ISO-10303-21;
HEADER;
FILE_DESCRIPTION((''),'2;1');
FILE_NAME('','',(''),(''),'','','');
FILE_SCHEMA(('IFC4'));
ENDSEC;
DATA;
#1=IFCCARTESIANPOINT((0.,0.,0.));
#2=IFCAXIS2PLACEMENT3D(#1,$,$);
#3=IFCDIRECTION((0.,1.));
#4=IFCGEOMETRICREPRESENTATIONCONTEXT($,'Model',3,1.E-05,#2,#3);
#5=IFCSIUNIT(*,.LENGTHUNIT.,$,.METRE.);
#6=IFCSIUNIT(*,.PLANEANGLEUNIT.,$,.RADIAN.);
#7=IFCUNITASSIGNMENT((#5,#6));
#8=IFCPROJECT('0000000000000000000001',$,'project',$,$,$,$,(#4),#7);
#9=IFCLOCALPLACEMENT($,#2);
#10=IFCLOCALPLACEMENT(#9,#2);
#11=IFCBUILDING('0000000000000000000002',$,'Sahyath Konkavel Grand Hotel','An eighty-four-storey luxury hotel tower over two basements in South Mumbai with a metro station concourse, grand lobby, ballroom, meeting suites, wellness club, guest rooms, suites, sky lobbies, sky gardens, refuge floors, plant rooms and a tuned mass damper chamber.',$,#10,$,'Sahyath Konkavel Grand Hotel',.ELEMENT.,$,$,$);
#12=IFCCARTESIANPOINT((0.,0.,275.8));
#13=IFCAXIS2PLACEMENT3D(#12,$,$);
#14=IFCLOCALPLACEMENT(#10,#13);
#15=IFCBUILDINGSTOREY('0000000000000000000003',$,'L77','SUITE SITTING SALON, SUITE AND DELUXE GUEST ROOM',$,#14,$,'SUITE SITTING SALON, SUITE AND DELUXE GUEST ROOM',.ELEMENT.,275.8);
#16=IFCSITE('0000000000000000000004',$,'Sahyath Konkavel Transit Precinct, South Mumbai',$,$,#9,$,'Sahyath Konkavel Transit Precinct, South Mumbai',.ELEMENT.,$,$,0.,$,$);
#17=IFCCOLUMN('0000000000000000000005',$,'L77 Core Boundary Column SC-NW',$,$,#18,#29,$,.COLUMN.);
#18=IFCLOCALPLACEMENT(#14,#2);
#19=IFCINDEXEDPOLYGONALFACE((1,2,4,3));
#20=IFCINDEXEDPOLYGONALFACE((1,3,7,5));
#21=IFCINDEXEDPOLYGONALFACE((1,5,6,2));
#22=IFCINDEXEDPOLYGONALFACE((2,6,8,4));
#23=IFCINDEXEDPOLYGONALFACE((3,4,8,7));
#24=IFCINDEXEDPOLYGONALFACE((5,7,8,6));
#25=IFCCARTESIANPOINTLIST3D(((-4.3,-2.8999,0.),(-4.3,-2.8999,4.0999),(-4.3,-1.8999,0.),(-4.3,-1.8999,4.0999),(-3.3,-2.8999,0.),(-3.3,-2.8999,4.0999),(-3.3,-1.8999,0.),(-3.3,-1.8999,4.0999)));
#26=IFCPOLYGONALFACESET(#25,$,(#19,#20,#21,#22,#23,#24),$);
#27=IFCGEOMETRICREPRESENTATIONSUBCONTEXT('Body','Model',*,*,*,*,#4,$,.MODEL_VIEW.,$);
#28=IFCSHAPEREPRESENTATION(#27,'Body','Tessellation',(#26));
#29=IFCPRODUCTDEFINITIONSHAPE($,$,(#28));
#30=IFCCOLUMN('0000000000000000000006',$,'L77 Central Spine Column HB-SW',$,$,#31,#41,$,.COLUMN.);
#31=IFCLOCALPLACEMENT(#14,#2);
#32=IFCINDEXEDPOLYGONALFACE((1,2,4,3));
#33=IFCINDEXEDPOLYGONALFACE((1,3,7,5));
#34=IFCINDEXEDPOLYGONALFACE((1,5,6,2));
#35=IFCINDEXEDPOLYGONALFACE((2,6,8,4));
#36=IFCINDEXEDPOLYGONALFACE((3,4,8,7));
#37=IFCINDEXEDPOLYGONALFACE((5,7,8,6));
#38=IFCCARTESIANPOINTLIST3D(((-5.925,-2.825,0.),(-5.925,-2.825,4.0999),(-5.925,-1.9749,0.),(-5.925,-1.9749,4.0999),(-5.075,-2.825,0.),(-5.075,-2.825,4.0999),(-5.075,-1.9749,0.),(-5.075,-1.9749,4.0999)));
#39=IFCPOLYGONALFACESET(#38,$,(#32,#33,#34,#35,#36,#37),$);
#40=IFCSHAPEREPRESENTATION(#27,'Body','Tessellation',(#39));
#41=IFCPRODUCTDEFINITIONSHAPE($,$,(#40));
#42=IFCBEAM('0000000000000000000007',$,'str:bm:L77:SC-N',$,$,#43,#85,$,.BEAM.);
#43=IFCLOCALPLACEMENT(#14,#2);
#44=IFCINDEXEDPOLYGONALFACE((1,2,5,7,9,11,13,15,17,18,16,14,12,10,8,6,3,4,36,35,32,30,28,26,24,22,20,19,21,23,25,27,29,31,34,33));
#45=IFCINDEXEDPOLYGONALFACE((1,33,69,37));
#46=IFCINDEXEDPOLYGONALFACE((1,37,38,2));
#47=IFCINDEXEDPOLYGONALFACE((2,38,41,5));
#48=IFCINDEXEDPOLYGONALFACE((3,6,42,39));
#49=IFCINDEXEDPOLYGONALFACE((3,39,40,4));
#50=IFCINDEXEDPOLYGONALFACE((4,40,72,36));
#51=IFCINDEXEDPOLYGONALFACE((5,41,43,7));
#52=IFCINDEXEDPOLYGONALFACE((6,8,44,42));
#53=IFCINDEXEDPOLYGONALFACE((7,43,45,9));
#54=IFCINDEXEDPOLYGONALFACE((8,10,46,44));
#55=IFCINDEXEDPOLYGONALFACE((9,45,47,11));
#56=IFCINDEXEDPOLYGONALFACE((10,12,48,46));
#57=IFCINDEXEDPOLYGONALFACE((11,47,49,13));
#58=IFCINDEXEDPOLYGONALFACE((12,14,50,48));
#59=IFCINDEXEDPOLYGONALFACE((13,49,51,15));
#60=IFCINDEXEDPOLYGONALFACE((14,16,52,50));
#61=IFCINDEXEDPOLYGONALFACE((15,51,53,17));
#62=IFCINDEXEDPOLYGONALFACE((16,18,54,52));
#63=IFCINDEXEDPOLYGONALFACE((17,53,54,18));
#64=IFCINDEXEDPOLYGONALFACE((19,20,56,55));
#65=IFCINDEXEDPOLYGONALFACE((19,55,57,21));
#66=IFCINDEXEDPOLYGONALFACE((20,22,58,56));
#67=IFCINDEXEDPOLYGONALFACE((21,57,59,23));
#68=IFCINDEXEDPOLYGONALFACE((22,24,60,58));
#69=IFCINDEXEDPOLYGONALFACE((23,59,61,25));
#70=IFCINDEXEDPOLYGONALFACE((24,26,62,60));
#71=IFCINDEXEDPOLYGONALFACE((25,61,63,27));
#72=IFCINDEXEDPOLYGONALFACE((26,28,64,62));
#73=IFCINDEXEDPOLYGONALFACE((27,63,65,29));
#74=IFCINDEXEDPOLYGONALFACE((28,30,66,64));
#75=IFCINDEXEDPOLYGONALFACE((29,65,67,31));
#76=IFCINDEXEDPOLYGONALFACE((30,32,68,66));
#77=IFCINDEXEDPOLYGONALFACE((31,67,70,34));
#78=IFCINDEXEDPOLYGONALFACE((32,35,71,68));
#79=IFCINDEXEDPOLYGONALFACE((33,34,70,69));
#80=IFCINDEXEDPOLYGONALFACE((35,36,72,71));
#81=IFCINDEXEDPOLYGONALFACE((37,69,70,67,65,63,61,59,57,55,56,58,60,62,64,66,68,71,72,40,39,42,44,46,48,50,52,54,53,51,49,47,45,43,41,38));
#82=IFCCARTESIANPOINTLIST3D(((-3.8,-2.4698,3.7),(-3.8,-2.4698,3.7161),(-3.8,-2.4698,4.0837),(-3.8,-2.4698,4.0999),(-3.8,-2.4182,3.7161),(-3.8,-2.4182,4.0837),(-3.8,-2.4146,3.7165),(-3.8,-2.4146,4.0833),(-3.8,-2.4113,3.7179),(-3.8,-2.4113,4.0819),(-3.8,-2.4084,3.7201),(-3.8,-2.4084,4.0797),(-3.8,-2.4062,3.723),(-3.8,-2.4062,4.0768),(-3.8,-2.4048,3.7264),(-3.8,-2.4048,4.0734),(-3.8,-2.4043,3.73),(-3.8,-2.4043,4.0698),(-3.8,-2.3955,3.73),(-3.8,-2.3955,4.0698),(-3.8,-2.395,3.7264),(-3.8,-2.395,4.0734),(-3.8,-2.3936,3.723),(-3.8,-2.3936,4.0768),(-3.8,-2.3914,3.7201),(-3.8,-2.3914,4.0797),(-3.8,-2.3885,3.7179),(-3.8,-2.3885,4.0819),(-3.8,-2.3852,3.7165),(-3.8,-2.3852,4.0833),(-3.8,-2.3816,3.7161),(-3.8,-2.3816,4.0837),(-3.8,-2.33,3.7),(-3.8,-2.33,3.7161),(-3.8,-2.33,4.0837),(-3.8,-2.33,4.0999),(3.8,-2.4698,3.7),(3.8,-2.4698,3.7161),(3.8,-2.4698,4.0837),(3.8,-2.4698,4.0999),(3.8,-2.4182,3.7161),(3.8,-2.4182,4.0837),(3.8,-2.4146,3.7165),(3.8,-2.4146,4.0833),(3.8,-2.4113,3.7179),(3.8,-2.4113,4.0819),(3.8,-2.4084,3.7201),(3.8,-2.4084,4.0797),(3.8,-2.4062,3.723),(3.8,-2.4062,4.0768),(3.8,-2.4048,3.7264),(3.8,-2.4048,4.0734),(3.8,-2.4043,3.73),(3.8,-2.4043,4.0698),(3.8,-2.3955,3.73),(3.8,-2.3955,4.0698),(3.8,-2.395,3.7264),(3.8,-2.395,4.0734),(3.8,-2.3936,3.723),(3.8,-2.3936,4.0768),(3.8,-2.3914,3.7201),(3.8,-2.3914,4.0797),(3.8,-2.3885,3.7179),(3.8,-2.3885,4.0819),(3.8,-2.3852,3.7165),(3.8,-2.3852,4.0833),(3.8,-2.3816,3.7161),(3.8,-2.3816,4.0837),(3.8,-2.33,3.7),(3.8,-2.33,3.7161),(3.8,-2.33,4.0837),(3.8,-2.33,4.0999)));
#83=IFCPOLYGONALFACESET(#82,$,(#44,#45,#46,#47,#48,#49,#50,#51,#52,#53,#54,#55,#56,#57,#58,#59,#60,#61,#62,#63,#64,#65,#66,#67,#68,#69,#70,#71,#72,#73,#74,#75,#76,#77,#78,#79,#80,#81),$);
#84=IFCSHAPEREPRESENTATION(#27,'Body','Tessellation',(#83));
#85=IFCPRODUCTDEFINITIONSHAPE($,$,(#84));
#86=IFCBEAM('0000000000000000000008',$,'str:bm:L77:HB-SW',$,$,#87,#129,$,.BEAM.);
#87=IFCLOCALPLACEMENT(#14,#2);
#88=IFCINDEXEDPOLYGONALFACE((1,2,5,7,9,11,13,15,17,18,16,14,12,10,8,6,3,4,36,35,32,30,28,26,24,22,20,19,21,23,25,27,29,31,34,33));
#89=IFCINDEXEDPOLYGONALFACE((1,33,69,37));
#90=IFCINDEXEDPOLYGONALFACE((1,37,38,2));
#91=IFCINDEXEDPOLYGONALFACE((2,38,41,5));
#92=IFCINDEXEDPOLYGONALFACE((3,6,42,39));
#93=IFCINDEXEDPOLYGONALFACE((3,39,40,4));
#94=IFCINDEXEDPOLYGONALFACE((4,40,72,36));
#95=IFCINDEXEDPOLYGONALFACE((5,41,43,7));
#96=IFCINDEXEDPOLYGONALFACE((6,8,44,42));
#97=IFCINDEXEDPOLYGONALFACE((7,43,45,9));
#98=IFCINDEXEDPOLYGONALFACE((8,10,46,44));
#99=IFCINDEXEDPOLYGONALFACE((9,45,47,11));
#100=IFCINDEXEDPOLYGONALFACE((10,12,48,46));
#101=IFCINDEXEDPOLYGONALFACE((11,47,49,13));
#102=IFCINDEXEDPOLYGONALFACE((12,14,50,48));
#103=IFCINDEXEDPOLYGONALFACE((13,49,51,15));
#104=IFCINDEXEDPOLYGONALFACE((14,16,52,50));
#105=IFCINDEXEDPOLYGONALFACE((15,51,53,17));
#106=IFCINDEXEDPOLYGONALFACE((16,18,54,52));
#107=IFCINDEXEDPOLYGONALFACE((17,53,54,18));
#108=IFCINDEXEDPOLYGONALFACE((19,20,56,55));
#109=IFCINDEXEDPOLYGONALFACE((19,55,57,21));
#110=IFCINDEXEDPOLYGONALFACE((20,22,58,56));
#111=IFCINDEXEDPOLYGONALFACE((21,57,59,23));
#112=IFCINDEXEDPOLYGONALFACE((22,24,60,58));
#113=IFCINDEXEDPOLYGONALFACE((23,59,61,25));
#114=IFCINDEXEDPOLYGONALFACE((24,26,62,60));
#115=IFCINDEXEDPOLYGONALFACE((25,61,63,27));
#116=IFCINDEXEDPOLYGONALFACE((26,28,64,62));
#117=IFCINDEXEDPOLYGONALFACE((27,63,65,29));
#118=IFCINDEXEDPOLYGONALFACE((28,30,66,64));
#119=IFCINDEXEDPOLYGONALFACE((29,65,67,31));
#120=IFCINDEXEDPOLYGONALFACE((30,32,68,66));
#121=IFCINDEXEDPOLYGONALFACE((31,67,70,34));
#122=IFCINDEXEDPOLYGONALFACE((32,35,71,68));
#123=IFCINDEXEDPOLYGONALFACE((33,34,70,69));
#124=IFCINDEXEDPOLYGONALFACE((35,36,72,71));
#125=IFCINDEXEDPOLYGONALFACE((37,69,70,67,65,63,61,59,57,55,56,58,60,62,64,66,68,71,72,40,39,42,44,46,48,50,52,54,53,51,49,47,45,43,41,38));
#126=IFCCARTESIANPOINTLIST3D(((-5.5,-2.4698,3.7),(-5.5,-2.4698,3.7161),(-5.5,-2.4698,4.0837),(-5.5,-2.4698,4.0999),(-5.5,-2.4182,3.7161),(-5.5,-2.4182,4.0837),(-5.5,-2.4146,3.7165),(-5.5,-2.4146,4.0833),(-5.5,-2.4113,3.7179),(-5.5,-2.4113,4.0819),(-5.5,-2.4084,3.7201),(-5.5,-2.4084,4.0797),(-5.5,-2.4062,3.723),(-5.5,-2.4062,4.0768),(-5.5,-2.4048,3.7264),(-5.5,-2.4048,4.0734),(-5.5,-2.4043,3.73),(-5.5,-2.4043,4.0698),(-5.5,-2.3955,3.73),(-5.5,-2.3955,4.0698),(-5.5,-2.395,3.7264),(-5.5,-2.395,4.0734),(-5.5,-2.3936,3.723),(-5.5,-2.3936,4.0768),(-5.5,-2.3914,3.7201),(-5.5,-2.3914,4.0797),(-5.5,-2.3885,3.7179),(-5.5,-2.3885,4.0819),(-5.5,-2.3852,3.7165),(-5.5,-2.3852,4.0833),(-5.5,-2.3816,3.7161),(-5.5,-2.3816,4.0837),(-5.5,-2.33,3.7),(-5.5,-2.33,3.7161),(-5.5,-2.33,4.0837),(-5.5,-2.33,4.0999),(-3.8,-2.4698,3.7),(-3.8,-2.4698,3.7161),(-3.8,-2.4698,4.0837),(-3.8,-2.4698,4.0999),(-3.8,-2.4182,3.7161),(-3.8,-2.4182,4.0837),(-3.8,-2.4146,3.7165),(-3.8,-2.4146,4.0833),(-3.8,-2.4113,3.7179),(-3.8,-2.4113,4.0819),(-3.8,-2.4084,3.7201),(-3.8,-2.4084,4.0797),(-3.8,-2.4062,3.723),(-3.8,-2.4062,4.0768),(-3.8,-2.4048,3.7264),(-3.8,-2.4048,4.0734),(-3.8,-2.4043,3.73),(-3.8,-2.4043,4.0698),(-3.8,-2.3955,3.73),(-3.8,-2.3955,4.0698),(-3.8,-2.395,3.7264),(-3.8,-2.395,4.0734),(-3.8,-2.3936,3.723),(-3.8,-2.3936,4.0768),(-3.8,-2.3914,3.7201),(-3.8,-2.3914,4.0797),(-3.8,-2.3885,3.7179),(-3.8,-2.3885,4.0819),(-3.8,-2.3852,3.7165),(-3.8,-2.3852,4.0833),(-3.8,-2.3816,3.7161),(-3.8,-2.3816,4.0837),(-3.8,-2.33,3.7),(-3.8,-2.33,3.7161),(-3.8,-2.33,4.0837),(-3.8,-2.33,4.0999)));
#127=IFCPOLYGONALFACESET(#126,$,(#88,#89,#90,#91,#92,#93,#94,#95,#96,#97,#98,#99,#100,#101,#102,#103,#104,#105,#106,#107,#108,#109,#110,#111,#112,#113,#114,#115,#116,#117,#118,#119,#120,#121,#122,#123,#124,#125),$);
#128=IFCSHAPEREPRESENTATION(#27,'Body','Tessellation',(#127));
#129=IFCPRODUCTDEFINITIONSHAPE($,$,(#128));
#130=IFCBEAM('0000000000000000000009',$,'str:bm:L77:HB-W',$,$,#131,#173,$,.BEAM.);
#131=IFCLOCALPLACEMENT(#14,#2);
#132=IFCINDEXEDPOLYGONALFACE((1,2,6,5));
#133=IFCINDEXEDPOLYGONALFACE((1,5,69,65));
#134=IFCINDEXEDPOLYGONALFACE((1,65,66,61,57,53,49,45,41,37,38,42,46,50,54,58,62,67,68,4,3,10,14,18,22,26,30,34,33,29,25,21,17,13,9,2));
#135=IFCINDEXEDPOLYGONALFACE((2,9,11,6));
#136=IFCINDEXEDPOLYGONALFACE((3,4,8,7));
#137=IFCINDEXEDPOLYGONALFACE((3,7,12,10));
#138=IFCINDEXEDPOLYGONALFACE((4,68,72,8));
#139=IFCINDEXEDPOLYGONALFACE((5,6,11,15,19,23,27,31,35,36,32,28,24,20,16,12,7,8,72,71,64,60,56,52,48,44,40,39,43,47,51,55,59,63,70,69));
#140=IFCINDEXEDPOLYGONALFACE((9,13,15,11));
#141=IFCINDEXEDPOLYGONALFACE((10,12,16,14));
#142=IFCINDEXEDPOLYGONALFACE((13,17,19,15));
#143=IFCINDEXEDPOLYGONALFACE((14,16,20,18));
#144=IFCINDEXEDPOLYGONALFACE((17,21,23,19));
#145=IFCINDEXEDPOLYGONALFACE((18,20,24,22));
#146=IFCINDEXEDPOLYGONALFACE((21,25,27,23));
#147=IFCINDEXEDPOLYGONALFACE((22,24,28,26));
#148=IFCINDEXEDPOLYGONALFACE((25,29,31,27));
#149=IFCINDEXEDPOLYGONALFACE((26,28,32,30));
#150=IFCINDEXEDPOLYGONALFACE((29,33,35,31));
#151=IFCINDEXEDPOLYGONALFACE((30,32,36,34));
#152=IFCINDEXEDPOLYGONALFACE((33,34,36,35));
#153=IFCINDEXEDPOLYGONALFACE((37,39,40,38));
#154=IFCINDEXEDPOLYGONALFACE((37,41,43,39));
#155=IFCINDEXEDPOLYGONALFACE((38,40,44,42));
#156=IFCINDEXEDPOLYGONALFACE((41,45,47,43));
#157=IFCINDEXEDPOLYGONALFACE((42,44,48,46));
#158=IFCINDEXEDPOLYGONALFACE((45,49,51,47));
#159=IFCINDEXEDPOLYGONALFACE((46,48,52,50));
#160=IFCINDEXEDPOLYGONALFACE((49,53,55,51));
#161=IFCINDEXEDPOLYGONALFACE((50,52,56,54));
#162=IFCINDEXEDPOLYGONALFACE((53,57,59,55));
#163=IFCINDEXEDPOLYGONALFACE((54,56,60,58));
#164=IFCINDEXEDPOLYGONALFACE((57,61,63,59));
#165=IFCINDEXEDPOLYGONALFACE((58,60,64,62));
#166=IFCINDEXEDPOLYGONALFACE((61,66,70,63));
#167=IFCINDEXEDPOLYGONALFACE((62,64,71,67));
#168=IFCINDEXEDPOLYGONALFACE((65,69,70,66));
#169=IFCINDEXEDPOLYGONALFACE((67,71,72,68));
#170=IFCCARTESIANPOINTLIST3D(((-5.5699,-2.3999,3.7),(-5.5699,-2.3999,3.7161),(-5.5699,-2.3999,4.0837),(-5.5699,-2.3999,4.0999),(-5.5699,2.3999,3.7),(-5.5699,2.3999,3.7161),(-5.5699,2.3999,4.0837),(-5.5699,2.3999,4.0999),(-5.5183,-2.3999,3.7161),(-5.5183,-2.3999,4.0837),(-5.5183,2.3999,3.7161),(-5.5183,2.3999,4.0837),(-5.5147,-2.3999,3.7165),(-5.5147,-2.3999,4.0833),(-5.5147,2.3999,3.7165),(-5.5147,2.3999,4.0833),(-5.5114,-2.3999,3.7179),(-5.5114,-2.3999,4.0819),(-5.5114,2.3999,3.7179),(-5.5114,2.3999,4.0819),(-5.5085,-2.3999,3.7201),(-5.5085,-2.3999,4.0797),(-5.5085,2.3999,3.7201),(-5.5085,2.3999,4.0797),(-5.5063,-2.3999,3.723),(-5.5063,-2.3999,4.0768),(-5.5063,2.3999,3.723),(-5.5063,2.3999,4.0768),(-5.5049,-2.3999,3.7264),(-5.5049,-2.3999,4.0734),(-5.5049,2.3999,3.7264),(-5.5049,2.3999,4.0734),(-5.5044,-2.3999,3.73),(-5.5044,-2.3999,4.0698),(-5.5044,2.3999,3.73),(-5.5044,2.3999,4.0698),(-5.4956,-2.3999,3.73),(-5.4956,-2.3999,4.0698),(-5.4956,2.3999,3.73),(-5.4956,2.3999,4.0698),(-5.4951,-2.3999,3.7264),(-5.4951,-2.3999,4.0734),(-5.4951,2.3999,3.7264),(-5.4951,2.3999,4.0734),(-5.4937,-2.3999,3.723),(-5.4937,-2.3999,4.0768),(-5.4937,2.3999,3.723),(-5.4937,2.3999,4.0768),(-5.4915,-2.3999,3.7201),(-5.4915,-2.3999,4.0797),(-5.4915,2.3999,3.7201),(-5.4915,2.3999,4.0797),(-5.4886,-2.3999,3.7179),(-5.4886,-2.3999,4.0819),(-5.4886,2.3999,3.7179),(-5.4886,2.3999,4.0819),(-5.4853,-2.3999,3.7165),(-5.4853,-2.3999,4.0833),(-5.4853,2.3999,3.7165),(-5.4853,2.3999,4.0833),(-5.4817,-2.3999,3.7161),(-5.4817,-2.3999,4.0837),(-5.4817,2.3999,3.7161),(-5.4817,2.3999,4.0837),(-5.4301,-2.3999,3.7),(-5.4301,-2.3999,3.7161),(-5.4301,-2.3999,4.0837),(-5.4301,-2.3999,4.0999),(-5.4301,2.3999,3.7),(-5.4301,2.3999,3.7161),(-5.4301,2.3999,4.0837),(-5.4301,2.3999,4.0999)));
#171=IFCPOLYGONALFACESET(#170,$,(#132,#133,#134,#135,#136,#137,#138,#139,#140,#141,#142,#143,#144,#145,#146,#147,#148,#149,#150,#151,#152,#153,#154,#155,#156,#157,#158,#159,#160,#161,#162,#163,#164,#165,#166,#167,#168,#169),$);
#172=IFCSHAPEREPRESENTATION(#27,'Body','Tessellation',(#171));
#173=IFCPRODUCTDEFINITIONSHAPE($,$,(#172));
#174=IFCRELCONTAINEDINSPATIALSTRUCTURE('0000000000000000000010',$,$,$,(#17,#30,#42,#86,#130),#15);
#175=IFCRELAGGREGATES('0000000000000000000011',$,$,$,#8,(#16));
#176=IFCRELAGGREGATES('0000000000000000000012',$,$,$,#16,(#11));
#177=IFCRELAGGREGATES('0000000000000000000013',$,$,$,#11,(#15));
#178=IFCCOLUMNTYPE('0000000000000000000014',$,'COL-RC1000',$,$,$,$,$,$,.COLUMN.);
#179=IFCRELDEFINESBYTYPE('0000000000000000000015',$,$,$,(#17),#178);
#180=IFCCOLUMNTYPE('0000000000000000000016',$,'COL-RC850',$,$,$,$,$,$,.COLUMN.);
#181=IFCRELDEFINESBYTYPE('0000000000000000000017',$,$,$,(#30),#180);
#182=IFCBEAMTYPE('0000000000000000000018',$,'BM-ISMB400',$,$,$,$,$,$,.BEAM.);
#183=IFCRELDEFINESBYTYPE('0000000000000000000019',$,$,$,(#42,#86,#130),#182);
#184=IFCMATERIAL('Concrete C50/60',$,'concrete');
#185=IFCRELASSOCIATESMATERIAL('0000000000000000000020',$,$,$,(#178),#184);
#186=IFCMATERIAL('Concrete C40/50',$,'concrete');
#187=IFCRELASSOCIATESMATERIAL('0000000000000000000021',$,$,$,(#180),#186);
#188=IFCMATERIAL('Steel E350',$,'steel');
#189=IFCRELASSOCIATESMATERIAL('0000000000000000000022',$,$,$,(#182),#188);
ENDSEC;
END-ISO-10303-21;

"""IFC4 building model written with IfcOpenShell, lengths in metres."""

from ifc_helpers import new_model, si_unit, direction, frame, origin, origin_2d, place, context, subcontext, project, spatial, rectangle, i_section, extrude, source, transform, mapped, material, material_profile, profile_set, type_object, element, save


model = new_model("IFC4")

# Units and contexts
model_context = context("Model", 3, precision=1e-05, world=origin(), true_north=direction((0.0, 1.0)))
body_context = subcontext(model_context, "Body", "Model", "MODEL_VIEW")
ifc_project = project(units=[si_unit("LENGTHUNIT", "METRE"), si_unit("PLANEANGLEUNIT", "RADIAN")], contexts=[model_context])

# Site, building, storey
site_placement = place(None, origin())
site = spatial("IfcSite", under=ifc_project, at=site_placement, Name="Sahyath Konkavel Transit Precinct, South Mumbai", LongName="Sahyath Konkavel Transit Precinct, South Mumbai", CompositionType="ELEMENT", RefElevation=0.0)
building_placement = place(site_placement, origin())
building = spatial("IfcBuilding", under=site, at=building_placement, Name="Sahyath Konkavel Grand Hotel", Description="An eighty-four-storey luxury hotel tower over two basements in South Mumbai with a metro station concourse, grand lobby, ballroom, meeting suites, wellness club, guest rooms, suites, sky lobbies, sky gardens, refuge floors, plant rooms and a tuned mass damper chamber.", LongName="Sahyath Konkavel Grand Hotel", CompositionType="ELEMENT")
storey_placement = place(building_placement, frame((0.0, 0.0, 275.8)))
storey = spatial("IfcBuildingStorey", under=building, at=storey_placement, Name="L77", Description="SUITE SITTING SALON, SUITE AND DELUXE GUEST ROOM", LongName="SUITE SITTING SALON, SUITE AND DELUXE GUEST ROOM", CompositionType="ELEMENT", Elevation=275.8)

# Columns
ifc_material_1 = material(Name="Concrete C50/60", Category="concrete")
ifc_material_profile_1 = material_profile(ifc_material_1, rectangle(XDim=1.0, YDim=1.0, at=origin_2d()), Name="RC 1000x1000")
ifc_profile_set_1 = profile_set([ifc_material_profile_1], Name="Concrete C50/60")
column_type_1 = type_object("IfcColumnType", Name="COL-RC1000", PredefinedType="COLUMN", material=ifc_profile_set_1)
shared_shape_1 = source(origin(), body_context, "Body", "SweptSolid", [
    extrude(rectangle(XDim=1.0, YDim=1.0, at=origin_2d()), origin(), (0.0, 0.0, 1.0), 4.0999),
])
column_1_placement = place(storey_placement, frame((-3.8, -2.3999, 0.0), z_axis=(0.0, 0.0, 1.0), x_axis=(1.0, 0.0, 0.0)))
element("IfcColumn", 1, at=column_1_placement, inside=storey, type_object=column_type_1, Name="L77 Core Boundary Column SC-NW", PredefinedType="COLUMN", context=body_context, shape_type="MappedRepresentation", body=[
    mapped(shared_shape_1, transform((0.0, 0.0, 0.0), scale=1.0)),
])
ifc_material_2 = material(Name="Concrete C40/50", Category="concrete")
ifc_material_profile_2 = material_profile(ifc_material_2, rectangle(XDim=0.8501, YDim=0.8501, at=origin_2d()), Name="RC 850x850")
ifc_profile_set_2 = profile_set([ifc_material_profile_2], Name="Concrete C40/50")
column_type_2 = type_object("IfcColumnType", Name="COL-RC850", PredefinedType="COLUMN", material=ifc_profile_set_2)
shared_shape_2 = source(origin(), body_context, "Body", "SweptSolid", [
    extrude(rectangle(XDim=0.8501, YDim=0.8501, at=origin_2d()), origin(), (0.0, 0.0, 1.0), 4.0999),
])
column_2_placement = place(storey_placement, frame((-5.5, -2.3999, 0.0), z_axis=(0.0, 0.0, 1.0), x_axis=(1.0, 0.0, 0.0)))
element("IfcColumn", 2, at=column_2_placement, inside=storey, type_object=column_type_2, Name="L77 Central Spine Column HB-SW", PredefinedType="COLUMN", context=body_context, shape_type="MappedRepresentation", body=[
    mapped(shared_shape_2, transform((0.0, 0.0, 0.0), scale=1.0)),
])

# Beams
ifc_material_3 = material(Name="Steel E350", Category="steel")
ifc_material_profile_3 = material_profile(ifc_material_3, i_section(OverallWidth=0.1399, OverallDepth=0.3999, WebThickness=0.0088, FlangeThickness=0.0161, FilletRadius=0.0139, at=origin_2d()), Name="ISMB 400")
ifc_profile_set_3 = profile_set([ifc_material_profile_3], Name="Steel E350")
beam_type_1 = type_object("IfcBeamType", Name="BM-ISMB400", PredefinedType="BEAM", material=ifc_profile_set_3)
shared_shape_3 = source(origin(), body_context, "Body", "SweptSolid", [
    extrude(i_section(OverallWidth=0.1399, OverallDepth=0.3999, WebThickness=0.0088, FlangeThickness=0.0161, FilletRadius=0.0139, at=origin_2d()), origin(), (0.0, 0.0, 1.0), 7.6001),
])
beam_1_placement = place(storey_placement, frame((-3.8, -2.3999, 3.8999), z_axis=(1.0, 0.0, 0.0), x_axis=(0.0, 1.0, 0.0)))
element("IfcBeam", 3, at=beam_1_placement, inside=storey, type_object=beam_type_1, Name="str:bm:L77:SC-N", PredefinedType="BEAM", context=body_context, shape_type="MappedRepresentation", body=[
    mapped(shared_shape_3, transform((0.0, 0.0, 0.0), scale=1.0)),
])
shared_shape_4 = source(origin(), body_context, "Body", "SweptSolid", [
    extrude(i_section(OverallWidth=0.1399, OverallDepth=0.3999, WebThickness=0.0088, FlangeThickness=0.0161, FilletRadius=0.0139, at=origin_2d()), origin(), (0.0, 0.0, 1.0), 1.7),
])
beam_2_placement = place(storey_placement, frame((-5.5, -2.3999, 3.8999), z_axis=(1.0, 0.0, 0.0), x_axis=(0.0, 1.0, 0.0)))
element("IfcBeam", 4, at=beam_2_placement, inside=storey, type_object=beam_type_1, Name="str:bm:L77:HB-SW", PredefinedType="BEAM", context=body_context, shape_type="MappedRepresentation", body=[
    mapped(shared_shape_4, transform((0.0, 0.0, 0.0), scale=1.0)),
])
shared_shape_5 = source(origin(), body_context, "Body", "SweptSolid", [
    extrude(i_section(OverallWidth=0.1399, OverallDepth=0.3999, WebThickness=0.0088, FlangeThickness=0.0161, FilletRadius=0.0139, at=origin_2d()), origin(), (0.0, 0.0, 1.0), 4.7998),
])
beam_3_placement = place(storey_placement, frame((-5.5, -2.3999, 3.8999), z_axis=(0.0, 1.0, 0.0), x_axis=(-1.0, 0.0, 0.0)))
element("IfcBeam", 5, at=beam_3_placement, inside=storey, type_object=beam_type_1, Name="str:bm:L77:HB-W", PredefinedType="BEAM", context=body_context, shape_type="MappedRepresentation", body=[
    mapped(shared_shape_5, transform((0.0, 0.0, 0.0), scale=1.0)),
])

save(model, "model.ifc")
